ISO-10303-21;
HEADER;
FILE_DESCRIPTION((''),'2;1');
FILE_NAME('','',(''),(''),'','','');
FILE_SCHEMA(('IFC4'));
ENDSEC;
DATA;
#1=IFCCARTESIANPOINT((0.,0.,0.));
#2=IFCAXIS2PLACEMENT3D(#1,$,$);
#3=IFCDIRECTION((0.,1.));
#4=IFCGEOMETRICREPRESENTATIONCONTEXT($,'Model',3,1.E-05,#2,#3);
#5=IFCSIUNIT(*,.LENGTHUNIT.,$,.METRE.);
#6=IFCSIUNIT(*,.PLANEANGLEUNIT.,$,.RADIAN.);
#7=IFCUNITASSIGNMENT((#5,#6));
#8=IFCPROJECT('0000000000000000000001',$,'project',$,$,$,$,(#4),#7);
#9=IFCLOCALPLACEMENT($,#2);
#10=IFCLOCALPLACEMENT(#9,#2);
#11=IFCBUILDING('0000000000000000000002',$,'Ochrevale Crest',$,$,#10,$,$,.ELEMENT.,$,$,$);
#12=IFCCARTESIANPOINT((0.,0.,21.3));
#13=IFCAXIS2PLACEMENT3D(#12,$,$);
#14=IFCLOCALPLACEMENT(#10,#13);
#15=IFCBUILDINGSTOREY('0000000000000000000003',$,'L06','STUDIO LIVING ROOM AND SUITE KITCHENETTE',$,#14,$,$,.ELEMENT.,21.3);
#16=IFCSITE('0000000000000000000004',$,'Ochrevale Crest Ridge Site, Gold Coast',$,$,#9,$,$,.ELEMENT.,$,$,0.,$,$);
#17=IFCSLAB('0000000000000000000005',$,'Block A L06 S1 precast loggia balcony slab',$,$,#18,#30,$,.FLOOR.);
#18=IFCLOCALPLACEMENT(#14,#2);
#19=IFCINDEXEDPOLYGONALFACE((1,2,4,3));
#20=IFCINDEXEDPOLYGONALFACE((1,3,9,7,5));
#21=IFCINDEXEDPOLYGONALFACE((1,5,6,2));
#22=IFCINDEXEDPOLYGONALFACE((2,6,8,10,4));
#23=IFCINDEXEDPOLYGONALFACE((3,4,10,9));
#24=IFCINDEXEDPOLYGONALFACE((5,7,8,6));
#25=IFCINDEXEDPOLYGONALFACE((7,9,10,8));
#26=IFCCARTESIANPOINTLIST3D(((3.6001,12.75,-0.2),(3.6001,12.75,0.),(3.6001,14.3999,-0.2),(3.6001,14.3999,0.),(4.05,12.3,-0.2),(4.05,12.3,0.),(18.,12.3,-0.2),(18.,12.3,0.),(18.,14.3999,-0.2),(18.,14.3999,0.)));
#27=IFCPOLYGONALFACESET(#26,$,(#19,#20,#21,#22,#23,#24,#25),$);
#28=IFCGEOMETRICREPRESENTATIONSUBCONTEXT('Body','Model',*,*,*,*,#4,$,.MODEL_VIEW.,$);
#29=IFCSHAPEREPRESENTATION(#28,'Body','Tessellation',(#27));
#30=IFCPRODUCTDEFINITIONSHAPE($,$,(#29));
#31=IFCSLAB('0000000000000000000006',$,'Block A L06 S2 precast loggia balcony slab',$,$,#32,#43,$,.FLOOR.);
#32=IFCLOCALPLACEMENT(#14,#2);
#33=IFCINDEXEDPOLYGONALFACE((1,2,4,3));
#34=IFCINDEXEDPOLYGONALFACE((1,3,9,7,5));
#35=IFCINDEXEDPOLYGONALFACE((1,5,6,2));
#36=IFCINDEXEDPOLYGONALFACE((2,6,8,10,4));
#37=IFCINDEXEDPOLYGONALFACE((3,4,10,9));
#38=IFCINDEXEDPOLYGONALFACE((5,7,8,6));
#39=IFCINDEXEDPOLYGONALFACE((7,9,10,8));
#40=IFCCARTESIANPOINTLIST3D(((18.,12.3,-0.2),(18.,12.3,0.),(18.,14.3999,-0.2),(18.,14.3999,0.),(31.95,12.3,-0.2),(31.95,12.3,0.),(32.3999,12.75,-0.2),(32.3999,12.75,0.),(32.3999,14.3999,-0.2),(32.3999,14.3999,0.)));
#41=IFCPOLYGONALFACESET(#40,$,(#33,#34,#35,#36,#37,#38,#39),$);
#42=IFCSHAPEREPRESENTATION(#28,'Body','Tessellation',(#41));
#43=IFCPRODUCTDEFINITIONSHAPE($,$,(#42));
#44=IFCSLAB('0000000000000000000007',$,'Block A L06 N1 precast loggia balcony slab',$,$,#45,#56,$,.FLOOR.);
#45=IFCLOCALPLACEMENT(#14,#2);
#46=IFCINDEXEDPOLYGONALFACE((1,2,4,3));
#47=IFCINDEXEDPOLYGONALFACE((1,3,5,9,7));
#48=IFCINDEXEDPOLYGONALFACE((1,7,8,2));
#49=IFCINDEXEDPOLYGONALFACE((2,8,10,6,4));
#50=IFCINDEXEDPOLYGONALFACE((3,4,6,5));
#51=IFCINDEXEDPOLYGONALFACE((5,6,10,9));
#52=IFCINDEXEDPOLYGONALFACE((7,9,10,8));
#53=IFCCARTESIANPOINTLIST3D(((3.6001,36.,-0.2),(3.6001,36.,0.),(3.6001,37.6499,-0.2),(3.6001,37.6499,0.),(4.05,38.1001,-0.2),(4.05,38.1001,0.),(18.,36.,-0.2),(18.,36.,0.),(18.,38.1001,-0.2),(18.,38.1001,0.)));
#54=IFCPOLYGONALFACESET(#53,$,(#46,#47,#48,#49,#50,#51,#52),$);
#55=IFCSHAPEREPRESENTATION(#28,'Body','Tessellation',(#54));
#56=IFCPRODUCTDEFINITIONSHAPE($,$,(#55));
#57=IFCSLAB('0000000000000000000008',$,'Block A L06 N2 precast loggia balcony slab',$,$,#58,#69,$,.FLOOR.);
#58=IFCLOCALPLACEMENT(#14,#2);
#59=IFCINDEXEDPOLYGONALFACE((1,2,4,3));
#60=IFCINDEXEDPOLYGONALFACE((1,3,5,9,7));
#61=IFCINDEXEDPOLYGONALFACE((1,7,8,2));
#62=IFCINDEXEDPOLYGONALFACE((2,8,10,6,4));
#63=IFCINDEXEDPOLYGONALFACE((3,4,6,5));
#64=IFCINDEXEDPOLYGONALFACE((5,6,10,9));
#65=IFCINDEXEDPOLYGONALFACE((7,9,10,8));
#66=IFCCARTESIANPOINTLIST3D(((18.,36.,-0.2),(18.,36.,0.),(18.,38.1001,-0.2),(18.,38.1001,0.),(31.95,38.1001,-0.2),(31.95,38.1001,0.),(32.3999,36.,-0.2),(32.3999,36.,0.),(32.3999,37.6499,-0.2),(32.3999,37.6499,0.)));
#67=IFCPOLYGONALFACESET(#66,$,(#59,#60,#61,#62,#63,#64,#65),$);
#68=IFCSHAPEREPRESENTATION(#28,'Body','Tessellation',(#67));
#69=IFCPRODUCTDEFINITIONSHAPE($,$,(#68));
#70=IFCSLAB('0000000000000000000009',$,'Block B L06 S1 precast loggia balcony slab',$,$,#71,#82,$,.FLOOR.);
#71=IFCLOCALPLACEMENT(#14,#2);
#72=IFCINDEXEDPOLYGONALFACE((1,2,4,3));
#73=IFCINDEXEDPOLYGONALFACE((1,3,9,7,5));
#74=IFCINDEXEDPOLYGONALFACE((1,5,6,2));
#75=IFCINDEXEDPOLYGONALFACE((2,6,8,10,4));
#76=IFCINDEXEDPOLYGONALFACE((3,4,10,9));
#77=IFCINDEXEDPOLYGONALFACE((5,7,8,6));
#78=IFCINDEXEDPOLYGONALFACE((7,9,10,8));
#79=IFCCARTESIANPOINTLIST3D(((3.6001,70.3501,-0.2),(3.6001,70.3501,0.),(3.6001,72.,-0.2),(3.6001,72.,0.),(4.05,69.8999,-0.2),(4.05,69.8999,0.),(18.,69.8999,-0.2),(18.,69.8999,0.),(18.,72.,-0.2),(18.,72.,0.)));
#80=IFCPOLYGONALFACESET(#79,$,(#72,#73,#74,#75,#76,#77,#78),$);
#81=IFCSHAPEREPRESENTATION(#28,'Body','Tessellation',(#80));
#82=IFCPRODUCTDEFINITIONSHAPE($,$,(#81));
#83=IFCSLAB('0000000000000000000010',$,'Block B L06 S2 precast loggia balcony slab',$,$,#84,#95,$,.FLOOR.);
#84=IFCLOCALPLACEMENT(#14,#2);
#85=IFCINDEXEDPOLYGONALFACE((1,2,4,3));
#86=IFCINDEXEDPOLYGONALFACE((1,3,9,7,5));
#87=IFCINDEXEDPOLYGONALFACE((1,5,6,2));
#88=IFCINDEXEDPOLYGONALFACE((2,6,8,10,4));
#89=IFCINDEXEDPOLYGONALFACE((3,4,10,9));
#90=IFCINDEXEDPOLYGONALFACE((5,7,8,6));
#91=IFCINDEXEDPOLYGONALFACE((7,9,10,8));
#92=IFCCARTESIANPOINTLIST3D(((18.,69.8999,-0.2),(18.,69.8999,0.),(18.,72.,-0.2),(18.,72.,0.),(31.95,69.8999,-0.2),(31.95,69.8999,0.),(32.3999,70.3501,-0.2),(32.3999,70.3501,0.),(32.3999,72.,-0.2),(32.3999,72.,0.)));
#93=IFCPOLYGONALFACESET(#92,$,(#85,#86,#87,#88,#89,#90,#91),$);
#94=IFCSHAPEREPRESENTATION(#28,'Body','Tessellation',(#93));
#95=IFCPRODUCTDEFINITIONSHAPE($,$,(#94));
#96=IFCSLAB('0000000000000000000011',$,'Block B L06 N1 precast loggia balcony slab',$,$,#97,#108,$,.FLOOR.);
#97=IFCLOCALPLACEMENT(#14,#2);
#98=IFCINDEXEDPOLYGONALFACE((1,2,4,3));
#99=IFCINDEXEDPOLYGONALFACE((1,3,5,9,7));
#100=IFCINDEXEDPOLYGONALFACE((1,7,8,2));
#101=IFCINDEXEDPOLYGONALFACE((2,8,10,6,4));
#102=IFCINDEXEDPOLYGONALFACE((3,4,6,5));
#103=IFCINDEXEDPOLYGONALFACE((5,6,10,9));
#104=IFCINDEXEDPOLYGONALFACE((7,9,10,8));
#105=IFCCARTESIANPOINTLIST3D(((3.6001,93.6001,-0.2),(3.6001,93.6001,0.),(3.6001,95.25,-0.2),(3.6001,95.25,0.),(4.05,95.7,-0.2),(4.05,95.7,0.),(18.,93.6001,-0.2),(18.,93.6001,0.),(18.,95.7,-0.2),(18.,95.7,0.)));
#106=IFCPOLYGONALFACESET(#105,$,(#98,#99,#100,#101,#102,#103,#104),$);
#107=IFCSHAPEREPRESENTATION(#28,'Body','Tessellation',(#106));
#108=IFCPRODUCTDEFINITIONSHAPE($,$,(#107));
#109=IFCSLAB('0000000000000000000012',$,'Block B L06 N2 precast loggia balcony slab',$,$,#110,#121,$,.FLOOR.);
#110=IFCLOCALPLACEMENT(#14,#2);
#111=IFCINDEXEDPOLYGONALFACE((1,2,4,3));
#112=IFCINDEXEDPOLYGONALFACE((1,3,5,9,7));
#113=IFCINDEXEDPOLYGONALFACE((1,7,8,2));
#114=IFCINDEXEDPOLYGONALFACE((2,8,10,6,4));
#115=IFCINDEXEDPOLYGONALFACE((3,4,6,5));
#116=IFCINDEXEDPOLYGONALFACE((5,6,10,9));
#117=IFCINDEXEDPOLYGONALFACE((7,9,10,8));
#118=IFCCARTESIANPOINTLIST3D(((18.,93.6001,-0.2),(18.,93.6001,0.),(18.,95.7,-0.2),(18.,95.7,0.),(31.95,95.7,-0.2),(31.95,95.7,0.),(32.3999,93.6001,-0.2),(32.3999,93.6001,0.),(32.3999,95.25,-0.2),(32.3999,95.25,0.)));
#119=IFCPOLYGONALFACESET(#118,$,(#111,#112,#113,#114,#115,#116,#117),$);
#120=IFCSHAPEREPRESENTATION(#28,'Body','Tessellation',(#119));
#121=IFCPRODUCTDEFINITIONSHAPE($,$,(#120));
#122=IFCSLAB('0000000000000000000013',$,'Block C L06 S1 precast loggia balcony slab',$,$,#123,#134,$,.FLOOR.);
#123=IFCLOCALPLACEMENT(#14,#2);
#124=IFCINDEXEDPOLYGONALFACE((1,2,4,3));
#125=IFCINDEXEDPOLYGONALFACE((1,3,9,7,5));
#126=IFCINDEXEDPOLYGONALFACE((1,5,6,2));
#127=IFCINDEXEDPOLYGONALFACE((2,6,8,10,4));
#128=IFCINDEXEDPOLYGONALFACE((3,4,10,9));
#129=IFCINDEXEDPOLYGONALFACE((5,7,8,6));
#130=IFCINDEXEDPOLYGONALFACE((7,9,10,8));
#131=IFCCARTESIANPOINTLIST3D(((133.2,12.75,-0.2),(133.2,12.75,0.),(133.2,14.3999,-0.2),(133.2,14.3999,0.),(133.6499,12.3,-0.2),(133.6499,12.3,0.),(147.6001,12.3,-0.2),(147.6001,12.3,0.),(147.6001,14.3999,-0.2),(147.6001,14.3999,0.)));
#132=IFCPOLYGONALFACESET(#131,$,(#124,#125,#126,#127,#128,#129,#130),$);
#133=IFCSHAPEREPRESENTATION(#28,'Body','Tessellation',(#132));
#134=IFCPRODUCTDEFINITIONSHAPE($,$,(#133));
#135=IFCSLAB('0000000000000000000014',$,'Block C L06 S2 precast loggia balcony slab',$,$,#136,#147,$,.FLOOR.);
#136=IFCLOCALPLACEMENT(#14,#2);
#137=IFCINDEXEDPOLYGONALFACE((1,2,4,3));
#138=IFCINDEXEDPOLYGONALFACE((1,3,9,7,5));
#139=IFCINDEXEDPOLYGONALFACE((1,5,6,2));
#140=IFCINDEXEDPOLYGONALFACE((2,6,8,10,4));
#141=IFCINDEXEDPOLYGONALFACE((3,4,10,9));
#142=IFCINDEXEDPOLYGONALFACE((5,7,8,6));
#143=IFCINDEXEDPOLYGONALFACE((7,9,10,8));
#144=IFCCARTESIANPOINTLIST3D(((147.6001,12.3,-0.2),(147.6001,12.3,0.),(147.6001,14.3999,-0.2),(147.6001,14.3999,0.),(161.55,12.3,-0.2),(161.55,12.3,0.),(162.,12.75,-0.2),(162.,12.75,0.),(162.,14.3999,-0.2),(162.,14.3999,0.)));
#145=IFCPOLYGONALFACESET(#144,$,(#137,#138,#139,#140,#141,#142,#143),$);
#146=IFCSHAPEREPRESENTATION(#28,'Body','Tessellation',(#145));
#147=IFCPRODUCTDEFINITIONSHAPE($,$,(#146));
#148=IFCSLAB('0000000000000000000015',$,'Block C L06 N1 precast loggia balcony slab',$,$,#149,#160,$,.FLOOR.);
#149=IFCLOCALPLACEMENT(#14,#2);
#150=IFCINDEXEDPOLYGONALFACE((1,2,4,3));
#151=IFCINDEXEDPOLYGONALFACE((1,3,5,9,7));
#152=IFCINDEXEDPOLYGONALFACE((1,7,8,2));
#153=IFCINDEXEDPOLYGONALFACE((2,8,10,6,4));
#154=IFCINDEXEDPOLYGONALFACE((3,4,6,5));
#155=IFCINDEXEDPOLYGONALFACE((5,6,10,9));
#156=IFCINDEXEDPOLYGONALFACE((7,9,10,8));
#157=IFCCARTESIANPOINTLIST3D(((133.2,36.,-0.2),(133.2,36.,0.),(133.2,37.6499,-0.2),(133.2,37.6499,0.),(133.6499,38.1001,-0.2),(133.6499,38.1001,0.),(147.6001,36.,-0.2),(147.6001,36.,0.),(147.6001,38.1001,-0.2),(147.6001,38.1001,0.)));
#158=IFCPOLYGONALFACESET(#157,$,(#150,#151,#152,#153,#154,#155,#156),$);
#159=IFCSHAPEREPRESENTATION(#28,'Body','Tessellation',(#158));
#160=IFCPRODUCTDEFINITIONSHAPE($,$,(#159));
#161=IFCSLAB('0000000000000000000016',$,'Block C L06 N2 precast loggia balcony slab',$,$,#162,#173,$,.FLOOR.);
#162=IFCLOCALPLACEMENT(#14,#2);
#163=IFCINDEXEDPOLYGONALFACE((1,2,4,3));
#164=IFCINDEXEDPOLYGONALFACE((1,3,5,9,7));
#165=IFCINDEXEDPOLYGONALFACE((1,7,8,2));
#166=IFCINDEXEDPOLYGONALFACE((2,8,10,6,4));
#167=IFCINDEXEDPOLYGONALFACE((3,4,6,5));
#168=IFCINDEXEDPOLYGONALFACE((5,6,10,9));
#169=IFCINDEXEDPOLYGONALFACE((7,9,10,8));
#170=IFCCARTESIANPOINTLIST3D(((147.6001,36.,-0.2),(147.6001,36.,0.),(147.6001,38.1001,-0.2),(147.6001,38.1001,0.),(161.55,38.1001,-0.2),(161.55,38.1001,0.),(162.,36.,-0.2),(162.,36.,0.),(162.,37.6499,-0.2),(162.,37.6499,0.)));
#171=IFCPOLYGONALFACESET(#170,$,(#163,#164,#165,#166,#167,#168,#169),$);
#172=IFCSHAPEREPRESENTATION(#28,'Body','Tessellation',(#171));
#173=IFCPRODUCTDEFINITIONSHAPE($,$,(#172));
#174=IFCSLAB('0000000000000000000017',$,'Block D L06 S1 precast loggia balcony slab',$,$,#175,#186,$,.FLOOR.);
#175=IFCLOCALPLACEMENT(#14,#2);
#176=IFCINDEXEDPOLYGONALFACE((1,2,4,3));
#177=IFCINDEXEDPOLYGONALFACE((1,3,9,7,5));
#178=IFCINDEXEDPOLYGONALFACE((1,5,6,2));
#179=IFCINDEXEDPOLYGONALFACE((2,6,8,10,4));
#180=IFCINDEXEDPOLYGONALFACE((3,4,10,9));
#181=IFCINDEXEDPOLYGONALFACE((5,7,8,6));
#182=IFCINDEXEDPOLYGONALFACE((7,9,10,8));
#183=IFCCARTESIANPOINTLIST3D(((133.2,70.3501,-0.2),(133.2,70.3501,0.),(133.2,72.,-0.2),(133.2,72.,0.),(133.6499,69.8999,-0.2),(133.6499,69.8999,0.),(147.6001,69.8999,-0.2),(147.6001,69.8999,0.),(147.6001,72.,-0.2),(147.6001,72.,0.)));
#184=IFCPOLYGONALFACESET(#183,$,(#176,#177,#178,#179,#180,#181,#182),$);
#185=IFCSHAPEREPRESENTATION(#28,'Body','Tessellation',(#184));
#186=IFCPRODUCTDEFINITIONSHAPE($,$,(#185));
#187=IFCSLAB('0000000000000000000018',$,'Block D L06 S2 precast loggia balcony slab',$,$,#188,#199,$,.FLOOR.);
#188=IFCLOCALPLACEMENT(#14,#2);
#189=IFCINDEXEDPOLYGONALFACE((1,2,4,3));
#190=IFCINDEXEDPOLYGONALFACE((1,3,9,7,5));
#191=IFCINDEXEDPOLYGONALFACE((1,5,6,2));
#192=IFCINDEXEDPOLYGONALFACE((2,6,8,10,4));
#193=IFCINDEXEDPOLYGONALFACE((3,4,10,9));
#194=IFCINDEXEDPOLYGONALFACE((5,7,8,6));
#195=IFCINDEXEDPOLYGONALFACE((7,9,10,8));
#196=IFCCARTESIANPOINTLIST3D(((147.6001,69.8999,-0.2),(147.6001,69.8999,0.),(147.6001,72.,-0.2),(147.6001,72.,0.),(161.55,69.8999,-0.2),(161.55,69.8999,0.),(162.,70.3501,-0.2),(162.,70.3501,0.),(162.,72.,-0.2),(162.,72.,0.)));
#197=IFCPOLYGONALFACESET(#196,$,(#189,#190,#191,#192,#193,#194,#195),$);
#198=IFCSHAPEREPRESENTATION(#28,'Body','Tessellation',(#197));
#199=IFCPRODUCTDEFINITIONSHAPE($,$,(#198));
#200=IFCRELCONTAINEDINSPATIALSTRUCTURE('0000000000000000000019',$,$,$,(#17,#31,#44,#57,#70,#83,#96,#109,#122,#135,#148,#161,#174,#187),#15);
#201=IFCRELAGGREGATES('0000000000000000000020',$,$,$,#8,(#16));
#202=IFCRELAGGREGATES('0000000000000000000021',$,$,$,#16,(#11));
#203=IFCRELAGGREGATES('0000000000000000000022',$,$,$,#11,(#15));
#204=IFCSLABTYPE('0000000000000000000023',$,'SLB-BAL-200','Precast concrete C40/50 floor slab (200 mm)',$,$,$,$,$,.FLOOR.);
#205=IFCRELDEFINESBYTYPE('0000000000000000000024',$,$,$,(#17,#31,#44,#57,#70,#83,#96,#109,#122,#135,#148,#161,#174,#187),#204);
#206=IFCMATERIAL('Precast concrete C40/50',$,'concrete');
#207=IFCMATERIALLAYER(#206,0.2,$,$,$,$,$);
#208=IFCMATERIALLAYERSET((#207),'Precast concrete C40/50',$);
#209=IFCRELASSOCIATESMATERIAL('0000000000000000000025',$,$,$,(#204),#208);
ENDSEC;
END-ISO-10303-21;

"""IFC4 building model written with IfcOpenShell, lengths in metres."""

from ifc_helpers import new_model, si_unit, direction, frame, origin, place, context, subcontext, project, spatial, polyline, outline, extrude, material, layer, layer_set, type_object, element, save


model = new_model("IFC4")

# Units and contexts
model_context = context("Model", 3, precision=1e-05, world=origin(), true_north=direction((0.0, 1.0)))
body_context = subcontext(model_context, "Body", "Model", "MODEL_VIEW")
ifc_project = project(units=[si_unit("LENGTHUNIT", "METRE"), si_unit("PLANEANGLEUNIT", "RADIAN")], contexts=[model_context])

# Site, building, storey
site_placement = place(None, origin())
site = spatial("IfcSite", under=ifc_project, at=site_placement, Name="Ochrevale Crest Ridge Site, Gold Coast", CompositionType="ELEMENT", RefElevation=0.0)
building_placement = place(site_placement, origin())
building = spatial("IfcBuilding", under=site, at=building_placement, Name="Ochrevale Crest", CompositionType="ELEMENT")
storey_placement = place(building_placement, frame((0.0, 0.0, 21.3)))
storey = spatial("IfcBuildingStorey", under=building, at=storey_placement, Name="L06", Description="STUDIO LIVING ROOM AND SUITE KITCHENETTE", CompositionType="ELEMENT", Elevation=21.3)

# Slabs
ifc_material = material(Name="Precast concrete C40/50", Category="concrete")
ifc_layer_1 = layer(ifc_material, 0.2)
ifc_layer_set_1 = layer_set([ifc_layer_1], Name="Precast concrete C40/50")
slab_type_1 = type_object("IfcSlabType", Name="SLB-BAL-200", Description="Precast concrete C40/50 floor slab (200 mm)", PredefinedType="FLOOR", material=ifc_layer_set_1)
slab_1_placement = place(storey_placement, frame((0.0, 0.0, -0.2)))
element("IfcSlab", 1, at=slab_1_placement, inside=storey, type_object=slab_type_1, Name="Block A L06 S1 precast loggia balcony slab", PredefinedType="FLOOR", context=body_context, shape_type="SweptSolid", body=[
    extrude(outline(polyline([(4.05, 12.3), (18.0, 12.3), (18.0, 14.3999), (3.6001, 14.3999), (3.6001, 12.75), (4.05, 12.3)])), origin(), (0.0, 0.0, 1.0), 0.2),
])
slab_2_placement = place(storey_placement, frame((0.0, 0.0, -0.2)))
element("IfcSlab", 2, at=slab_2_placement, inside=storey, type_object=slab_type_1, Name="Block A L06 S2 precast loggia balcony slab", PredefinedType="FLOOR", context=body_context, shape_type="SweptSolid", body=[
    extrude(outline(polyline([(18.0, 12.3), (31.95, 12.3), (32.3999, 12.75), (32.3999, 14.3999), (18.0, 14.3999), (18.0, 12.3)])), origin(), (0.0, 0.0, 1.0), 0.2),
])
slab_3_placement = place(storey_placement, frame((0.0, 0.0, -0.2)))
element("IfcSlab", 3, at=slab_3_placement, inside=storey, type_object=slab_type_1, Name="Block A L06 N1 precast loggia balcony slab", PredefinedType="FLOOR", context=body_context, shape_type="SweptSolid", body=[
    extrude(outline(polyline([(3.6001, 36.0), (18.0, 36.0), (18.0, 38.1001), (4.05, 38.1001), (3.6001, 37.6499), (3.6001, 36.0)])), origin(), (0.0, 0.0, 1.0), 0.2),
])
slab_4_placement = place(storey_placement, frame((0.0, 0.0, -0.2)))
element("IfcSlab", 4, at=slab_4_placement, inside=storey, type_object=slab_type_1, Name="Block A L06 N2 precast loggia balcony slab", PredefinedType="FLOOR", context=body_context, shape_type="SweptSolid", body=[
    extrude(outline(polyline([(18.0, 36.0), (32.3999, 36.0), (32.3999, 37.6499), (31.95, 38.1001), (18.0, 38.1001), (18.0, 36.0)])), origin(), (0.0, 0.0, 1.0), 0.2),
])
slab_5_placement = place(storey_placement, frame((0.0, 0.0, -0.2)))
element("IfcSlab", 5, at=slab_5_placement, inside=storey, type_object=slab_type_1, Name="Block B L06 S1 precast loggia balcony slab", PredefinedType="FLOOR", context=body_context, shape_type="SweptSolid", body=[
    extrude(outline(polyline([(4.05, 69.8999), (18.0, 69.8999), (18.0, 72.0), (3.6001, 72.0), (3.6001, 70.3501), (4.05, 69.8999)])), origin(), (0.0, 0.0, 1.0), 0.2),
])
slab_6_placement = place(storey_placement, frame((0.0, 0.0, -0.2)))
element("IfcSlab", 6, at=slab_6_placement, inside=storey, type_object=slab_type_1, Name="Block B L06 S2 precast loggia balcony slab", PredefinedType="FLOOR", context=body_context, shape_type="SweptSolid", body=[
    extrude(outline(polyline([(18.0, 69.8999), (31.95, 69.8999), (32.3999, 70.3501), (32.3999, 72.0), (18.0, 72.0), (18.0, 69.8999)])), origin(), (0.0, 0.0, 1.0), 0.2),
])
slab_7_placement = place(storey_placement, frame((0.0, 0.0, -0.2)))
element("IfcSlab", 7, at=slab_7_placement, inside=storey, type_object=slab_type_1, Name="Block B L06 N1 precast loggia balcony slab", PredefinedType="FLOOR", context=body_context, shape_type="SweptSolid", body=[
    extrude(outline(polyline([(3.6001, 93.6001), (18.0, 93.6001), (18.0, 95.7), (4.05, 95.7), (3.6001, 95.25), (3.6001, 93.6001)])), origin(), (0.0, 0.0, 1.0), 0.2),
])
slab_8_placement = place(storey_placement, frame((0.0, 0.0, -0.2)))
element("IfcSlab", 8, at=slab_8_placement, inside=storey, type_object=slab_type_1, Name="Block B L06 N2 precast loggia balcony slab", PredefinedType="FLOOR", context=body_context, shape_type="SweptSolid", body=[
    extrude(outline(polyline([(18.0, 93.6001), (32.3999, 93.6001), (32.3999, 95.25), (31.95, 95.7), (18.0, 95.7), (18.0, 93.6001)])), origin(), (0.0, 0.0, 1.0), 0.2),
])
slab_9_placement = place(storey_placement, frame((0.0, 0.0, -0.2)))
element("IfcSlab", 9, at=slab_9_placement, inside=storey, type_object=slab_type_1, Name="Block C L06 S1 precast loggia balcony slab", PredefinedType="FLOOR", context=body_context, shape_type="SweptSolid", body=[
    extrude(outline(polyline([(133.6499, 12.3), (147.6001, 12.3), (147.6001, 14.3999), (133.2, 14.3999), (133.2, 12.75), (133.6499, 12.3)])), origin(), (0.0, 0.0, 1.0), 0.2),
])
slab_10_placement = place(storey_placement, frame((0.0, 0.0, -0.2)))
element("IfcSlab", 10, at=slab_10_placement, inside=storey, type_object=slab_type_1, Name="Block C L06 S2 precast loggia balcony slab", PredefinedType="FLOOR", context=body_context, shape_type="SweptSolid", body=[
    extrude(outline(polyline([(147.6001, 12.3), (161.55, 12.3), (162.0, 12.75), (162.0, 14.3999), (147.6001, 14.3999), (147.6001, 12.3)])), origin(), (0.0, 0.0, 1.0), 0.2),
])
slab_11_placement = place(storey_placement, frame((0.0, 0.0, -0.2)))
element("IfcSlab", 11, at=slab_11_placement, inside=storey, type_object=slab_type_1, Name="Block C L06 N1 precast loggia balcony slab", PredefinedType="FLOOR", context=body_context, shape_type="SweptSolid", body=[
    extrude(outline(polyline([(133.2, 36.0), (147.6001, 36.0), (147.6001, 38.1001), (133.6499, 38.1001), (133.2, 37.6499), (133.2, 36.0)])), origin(), (0.0, 0.0, 1.0), 0.2),
])
slab_12_placement = place(storey_placement, frame((0.0, 0.0, -0.2)))
element("IfcSlab", 12, at=slab_12_placement, inside=storey, type_object=slab_type_1, Name="Block C L06 N2 precast loggia balcony slab", PredefinedType="FLOOR", context=body_context, shape_type="SweptSolid", body=[
    extrude(outline(polyline([(147.6001, 36.0), (162.0, 36.0), (162.0, 37.6499), (161.55, 38.1001), (147.6001, 38.1001), (147.6001, 36.0)])), origin(), (0.0, 0.0, 1.0), 0.2),
])
slab_13_placement = place(storey_placement, frame((0.0, 0.0, -0.2)))
element("IfcSlab", 13, at=slab_13_placement, inside=storey, type_object=slab_type_1, Name="Block D L06 S1 precast loggia balcony slab", PredefinedType="FLOOR", context=body_context, shape_type="SweptSolid", body=[
    extrude(outline(polyline([(133.6499, 69.8999), (147.6001, 69.8999), (147.6001, 72.0), (133.2, 72.0), (133.2, 70.3501), (133.6499, 69.8999)])), origin(), (0.0, 0.0, 1.0), 0.2),
])
slab_14_placement = place(storey_placement, frame((0.0, 0.0, -0.2)))
element("IfcSlab", 14, at=slab_14_placement, inside=storey, type_object=slab_type_1, Name="Block D L06 S2 precast loggia balcony slab", PredefinedType="FLOOR", context=body_context, shape_type="SweptSolid", body=[
    extrude(outline(polyline([(147.6001, 69.8999), (161.55, 69.8999), (162.0, 70.3501), (162.0, 72.0), (147.6001, 72.0), (147.6001, 69.8999)])), origin(), (0.0, 0.0, 1.0), 0.2),
])

save(model, "model.ifc")
